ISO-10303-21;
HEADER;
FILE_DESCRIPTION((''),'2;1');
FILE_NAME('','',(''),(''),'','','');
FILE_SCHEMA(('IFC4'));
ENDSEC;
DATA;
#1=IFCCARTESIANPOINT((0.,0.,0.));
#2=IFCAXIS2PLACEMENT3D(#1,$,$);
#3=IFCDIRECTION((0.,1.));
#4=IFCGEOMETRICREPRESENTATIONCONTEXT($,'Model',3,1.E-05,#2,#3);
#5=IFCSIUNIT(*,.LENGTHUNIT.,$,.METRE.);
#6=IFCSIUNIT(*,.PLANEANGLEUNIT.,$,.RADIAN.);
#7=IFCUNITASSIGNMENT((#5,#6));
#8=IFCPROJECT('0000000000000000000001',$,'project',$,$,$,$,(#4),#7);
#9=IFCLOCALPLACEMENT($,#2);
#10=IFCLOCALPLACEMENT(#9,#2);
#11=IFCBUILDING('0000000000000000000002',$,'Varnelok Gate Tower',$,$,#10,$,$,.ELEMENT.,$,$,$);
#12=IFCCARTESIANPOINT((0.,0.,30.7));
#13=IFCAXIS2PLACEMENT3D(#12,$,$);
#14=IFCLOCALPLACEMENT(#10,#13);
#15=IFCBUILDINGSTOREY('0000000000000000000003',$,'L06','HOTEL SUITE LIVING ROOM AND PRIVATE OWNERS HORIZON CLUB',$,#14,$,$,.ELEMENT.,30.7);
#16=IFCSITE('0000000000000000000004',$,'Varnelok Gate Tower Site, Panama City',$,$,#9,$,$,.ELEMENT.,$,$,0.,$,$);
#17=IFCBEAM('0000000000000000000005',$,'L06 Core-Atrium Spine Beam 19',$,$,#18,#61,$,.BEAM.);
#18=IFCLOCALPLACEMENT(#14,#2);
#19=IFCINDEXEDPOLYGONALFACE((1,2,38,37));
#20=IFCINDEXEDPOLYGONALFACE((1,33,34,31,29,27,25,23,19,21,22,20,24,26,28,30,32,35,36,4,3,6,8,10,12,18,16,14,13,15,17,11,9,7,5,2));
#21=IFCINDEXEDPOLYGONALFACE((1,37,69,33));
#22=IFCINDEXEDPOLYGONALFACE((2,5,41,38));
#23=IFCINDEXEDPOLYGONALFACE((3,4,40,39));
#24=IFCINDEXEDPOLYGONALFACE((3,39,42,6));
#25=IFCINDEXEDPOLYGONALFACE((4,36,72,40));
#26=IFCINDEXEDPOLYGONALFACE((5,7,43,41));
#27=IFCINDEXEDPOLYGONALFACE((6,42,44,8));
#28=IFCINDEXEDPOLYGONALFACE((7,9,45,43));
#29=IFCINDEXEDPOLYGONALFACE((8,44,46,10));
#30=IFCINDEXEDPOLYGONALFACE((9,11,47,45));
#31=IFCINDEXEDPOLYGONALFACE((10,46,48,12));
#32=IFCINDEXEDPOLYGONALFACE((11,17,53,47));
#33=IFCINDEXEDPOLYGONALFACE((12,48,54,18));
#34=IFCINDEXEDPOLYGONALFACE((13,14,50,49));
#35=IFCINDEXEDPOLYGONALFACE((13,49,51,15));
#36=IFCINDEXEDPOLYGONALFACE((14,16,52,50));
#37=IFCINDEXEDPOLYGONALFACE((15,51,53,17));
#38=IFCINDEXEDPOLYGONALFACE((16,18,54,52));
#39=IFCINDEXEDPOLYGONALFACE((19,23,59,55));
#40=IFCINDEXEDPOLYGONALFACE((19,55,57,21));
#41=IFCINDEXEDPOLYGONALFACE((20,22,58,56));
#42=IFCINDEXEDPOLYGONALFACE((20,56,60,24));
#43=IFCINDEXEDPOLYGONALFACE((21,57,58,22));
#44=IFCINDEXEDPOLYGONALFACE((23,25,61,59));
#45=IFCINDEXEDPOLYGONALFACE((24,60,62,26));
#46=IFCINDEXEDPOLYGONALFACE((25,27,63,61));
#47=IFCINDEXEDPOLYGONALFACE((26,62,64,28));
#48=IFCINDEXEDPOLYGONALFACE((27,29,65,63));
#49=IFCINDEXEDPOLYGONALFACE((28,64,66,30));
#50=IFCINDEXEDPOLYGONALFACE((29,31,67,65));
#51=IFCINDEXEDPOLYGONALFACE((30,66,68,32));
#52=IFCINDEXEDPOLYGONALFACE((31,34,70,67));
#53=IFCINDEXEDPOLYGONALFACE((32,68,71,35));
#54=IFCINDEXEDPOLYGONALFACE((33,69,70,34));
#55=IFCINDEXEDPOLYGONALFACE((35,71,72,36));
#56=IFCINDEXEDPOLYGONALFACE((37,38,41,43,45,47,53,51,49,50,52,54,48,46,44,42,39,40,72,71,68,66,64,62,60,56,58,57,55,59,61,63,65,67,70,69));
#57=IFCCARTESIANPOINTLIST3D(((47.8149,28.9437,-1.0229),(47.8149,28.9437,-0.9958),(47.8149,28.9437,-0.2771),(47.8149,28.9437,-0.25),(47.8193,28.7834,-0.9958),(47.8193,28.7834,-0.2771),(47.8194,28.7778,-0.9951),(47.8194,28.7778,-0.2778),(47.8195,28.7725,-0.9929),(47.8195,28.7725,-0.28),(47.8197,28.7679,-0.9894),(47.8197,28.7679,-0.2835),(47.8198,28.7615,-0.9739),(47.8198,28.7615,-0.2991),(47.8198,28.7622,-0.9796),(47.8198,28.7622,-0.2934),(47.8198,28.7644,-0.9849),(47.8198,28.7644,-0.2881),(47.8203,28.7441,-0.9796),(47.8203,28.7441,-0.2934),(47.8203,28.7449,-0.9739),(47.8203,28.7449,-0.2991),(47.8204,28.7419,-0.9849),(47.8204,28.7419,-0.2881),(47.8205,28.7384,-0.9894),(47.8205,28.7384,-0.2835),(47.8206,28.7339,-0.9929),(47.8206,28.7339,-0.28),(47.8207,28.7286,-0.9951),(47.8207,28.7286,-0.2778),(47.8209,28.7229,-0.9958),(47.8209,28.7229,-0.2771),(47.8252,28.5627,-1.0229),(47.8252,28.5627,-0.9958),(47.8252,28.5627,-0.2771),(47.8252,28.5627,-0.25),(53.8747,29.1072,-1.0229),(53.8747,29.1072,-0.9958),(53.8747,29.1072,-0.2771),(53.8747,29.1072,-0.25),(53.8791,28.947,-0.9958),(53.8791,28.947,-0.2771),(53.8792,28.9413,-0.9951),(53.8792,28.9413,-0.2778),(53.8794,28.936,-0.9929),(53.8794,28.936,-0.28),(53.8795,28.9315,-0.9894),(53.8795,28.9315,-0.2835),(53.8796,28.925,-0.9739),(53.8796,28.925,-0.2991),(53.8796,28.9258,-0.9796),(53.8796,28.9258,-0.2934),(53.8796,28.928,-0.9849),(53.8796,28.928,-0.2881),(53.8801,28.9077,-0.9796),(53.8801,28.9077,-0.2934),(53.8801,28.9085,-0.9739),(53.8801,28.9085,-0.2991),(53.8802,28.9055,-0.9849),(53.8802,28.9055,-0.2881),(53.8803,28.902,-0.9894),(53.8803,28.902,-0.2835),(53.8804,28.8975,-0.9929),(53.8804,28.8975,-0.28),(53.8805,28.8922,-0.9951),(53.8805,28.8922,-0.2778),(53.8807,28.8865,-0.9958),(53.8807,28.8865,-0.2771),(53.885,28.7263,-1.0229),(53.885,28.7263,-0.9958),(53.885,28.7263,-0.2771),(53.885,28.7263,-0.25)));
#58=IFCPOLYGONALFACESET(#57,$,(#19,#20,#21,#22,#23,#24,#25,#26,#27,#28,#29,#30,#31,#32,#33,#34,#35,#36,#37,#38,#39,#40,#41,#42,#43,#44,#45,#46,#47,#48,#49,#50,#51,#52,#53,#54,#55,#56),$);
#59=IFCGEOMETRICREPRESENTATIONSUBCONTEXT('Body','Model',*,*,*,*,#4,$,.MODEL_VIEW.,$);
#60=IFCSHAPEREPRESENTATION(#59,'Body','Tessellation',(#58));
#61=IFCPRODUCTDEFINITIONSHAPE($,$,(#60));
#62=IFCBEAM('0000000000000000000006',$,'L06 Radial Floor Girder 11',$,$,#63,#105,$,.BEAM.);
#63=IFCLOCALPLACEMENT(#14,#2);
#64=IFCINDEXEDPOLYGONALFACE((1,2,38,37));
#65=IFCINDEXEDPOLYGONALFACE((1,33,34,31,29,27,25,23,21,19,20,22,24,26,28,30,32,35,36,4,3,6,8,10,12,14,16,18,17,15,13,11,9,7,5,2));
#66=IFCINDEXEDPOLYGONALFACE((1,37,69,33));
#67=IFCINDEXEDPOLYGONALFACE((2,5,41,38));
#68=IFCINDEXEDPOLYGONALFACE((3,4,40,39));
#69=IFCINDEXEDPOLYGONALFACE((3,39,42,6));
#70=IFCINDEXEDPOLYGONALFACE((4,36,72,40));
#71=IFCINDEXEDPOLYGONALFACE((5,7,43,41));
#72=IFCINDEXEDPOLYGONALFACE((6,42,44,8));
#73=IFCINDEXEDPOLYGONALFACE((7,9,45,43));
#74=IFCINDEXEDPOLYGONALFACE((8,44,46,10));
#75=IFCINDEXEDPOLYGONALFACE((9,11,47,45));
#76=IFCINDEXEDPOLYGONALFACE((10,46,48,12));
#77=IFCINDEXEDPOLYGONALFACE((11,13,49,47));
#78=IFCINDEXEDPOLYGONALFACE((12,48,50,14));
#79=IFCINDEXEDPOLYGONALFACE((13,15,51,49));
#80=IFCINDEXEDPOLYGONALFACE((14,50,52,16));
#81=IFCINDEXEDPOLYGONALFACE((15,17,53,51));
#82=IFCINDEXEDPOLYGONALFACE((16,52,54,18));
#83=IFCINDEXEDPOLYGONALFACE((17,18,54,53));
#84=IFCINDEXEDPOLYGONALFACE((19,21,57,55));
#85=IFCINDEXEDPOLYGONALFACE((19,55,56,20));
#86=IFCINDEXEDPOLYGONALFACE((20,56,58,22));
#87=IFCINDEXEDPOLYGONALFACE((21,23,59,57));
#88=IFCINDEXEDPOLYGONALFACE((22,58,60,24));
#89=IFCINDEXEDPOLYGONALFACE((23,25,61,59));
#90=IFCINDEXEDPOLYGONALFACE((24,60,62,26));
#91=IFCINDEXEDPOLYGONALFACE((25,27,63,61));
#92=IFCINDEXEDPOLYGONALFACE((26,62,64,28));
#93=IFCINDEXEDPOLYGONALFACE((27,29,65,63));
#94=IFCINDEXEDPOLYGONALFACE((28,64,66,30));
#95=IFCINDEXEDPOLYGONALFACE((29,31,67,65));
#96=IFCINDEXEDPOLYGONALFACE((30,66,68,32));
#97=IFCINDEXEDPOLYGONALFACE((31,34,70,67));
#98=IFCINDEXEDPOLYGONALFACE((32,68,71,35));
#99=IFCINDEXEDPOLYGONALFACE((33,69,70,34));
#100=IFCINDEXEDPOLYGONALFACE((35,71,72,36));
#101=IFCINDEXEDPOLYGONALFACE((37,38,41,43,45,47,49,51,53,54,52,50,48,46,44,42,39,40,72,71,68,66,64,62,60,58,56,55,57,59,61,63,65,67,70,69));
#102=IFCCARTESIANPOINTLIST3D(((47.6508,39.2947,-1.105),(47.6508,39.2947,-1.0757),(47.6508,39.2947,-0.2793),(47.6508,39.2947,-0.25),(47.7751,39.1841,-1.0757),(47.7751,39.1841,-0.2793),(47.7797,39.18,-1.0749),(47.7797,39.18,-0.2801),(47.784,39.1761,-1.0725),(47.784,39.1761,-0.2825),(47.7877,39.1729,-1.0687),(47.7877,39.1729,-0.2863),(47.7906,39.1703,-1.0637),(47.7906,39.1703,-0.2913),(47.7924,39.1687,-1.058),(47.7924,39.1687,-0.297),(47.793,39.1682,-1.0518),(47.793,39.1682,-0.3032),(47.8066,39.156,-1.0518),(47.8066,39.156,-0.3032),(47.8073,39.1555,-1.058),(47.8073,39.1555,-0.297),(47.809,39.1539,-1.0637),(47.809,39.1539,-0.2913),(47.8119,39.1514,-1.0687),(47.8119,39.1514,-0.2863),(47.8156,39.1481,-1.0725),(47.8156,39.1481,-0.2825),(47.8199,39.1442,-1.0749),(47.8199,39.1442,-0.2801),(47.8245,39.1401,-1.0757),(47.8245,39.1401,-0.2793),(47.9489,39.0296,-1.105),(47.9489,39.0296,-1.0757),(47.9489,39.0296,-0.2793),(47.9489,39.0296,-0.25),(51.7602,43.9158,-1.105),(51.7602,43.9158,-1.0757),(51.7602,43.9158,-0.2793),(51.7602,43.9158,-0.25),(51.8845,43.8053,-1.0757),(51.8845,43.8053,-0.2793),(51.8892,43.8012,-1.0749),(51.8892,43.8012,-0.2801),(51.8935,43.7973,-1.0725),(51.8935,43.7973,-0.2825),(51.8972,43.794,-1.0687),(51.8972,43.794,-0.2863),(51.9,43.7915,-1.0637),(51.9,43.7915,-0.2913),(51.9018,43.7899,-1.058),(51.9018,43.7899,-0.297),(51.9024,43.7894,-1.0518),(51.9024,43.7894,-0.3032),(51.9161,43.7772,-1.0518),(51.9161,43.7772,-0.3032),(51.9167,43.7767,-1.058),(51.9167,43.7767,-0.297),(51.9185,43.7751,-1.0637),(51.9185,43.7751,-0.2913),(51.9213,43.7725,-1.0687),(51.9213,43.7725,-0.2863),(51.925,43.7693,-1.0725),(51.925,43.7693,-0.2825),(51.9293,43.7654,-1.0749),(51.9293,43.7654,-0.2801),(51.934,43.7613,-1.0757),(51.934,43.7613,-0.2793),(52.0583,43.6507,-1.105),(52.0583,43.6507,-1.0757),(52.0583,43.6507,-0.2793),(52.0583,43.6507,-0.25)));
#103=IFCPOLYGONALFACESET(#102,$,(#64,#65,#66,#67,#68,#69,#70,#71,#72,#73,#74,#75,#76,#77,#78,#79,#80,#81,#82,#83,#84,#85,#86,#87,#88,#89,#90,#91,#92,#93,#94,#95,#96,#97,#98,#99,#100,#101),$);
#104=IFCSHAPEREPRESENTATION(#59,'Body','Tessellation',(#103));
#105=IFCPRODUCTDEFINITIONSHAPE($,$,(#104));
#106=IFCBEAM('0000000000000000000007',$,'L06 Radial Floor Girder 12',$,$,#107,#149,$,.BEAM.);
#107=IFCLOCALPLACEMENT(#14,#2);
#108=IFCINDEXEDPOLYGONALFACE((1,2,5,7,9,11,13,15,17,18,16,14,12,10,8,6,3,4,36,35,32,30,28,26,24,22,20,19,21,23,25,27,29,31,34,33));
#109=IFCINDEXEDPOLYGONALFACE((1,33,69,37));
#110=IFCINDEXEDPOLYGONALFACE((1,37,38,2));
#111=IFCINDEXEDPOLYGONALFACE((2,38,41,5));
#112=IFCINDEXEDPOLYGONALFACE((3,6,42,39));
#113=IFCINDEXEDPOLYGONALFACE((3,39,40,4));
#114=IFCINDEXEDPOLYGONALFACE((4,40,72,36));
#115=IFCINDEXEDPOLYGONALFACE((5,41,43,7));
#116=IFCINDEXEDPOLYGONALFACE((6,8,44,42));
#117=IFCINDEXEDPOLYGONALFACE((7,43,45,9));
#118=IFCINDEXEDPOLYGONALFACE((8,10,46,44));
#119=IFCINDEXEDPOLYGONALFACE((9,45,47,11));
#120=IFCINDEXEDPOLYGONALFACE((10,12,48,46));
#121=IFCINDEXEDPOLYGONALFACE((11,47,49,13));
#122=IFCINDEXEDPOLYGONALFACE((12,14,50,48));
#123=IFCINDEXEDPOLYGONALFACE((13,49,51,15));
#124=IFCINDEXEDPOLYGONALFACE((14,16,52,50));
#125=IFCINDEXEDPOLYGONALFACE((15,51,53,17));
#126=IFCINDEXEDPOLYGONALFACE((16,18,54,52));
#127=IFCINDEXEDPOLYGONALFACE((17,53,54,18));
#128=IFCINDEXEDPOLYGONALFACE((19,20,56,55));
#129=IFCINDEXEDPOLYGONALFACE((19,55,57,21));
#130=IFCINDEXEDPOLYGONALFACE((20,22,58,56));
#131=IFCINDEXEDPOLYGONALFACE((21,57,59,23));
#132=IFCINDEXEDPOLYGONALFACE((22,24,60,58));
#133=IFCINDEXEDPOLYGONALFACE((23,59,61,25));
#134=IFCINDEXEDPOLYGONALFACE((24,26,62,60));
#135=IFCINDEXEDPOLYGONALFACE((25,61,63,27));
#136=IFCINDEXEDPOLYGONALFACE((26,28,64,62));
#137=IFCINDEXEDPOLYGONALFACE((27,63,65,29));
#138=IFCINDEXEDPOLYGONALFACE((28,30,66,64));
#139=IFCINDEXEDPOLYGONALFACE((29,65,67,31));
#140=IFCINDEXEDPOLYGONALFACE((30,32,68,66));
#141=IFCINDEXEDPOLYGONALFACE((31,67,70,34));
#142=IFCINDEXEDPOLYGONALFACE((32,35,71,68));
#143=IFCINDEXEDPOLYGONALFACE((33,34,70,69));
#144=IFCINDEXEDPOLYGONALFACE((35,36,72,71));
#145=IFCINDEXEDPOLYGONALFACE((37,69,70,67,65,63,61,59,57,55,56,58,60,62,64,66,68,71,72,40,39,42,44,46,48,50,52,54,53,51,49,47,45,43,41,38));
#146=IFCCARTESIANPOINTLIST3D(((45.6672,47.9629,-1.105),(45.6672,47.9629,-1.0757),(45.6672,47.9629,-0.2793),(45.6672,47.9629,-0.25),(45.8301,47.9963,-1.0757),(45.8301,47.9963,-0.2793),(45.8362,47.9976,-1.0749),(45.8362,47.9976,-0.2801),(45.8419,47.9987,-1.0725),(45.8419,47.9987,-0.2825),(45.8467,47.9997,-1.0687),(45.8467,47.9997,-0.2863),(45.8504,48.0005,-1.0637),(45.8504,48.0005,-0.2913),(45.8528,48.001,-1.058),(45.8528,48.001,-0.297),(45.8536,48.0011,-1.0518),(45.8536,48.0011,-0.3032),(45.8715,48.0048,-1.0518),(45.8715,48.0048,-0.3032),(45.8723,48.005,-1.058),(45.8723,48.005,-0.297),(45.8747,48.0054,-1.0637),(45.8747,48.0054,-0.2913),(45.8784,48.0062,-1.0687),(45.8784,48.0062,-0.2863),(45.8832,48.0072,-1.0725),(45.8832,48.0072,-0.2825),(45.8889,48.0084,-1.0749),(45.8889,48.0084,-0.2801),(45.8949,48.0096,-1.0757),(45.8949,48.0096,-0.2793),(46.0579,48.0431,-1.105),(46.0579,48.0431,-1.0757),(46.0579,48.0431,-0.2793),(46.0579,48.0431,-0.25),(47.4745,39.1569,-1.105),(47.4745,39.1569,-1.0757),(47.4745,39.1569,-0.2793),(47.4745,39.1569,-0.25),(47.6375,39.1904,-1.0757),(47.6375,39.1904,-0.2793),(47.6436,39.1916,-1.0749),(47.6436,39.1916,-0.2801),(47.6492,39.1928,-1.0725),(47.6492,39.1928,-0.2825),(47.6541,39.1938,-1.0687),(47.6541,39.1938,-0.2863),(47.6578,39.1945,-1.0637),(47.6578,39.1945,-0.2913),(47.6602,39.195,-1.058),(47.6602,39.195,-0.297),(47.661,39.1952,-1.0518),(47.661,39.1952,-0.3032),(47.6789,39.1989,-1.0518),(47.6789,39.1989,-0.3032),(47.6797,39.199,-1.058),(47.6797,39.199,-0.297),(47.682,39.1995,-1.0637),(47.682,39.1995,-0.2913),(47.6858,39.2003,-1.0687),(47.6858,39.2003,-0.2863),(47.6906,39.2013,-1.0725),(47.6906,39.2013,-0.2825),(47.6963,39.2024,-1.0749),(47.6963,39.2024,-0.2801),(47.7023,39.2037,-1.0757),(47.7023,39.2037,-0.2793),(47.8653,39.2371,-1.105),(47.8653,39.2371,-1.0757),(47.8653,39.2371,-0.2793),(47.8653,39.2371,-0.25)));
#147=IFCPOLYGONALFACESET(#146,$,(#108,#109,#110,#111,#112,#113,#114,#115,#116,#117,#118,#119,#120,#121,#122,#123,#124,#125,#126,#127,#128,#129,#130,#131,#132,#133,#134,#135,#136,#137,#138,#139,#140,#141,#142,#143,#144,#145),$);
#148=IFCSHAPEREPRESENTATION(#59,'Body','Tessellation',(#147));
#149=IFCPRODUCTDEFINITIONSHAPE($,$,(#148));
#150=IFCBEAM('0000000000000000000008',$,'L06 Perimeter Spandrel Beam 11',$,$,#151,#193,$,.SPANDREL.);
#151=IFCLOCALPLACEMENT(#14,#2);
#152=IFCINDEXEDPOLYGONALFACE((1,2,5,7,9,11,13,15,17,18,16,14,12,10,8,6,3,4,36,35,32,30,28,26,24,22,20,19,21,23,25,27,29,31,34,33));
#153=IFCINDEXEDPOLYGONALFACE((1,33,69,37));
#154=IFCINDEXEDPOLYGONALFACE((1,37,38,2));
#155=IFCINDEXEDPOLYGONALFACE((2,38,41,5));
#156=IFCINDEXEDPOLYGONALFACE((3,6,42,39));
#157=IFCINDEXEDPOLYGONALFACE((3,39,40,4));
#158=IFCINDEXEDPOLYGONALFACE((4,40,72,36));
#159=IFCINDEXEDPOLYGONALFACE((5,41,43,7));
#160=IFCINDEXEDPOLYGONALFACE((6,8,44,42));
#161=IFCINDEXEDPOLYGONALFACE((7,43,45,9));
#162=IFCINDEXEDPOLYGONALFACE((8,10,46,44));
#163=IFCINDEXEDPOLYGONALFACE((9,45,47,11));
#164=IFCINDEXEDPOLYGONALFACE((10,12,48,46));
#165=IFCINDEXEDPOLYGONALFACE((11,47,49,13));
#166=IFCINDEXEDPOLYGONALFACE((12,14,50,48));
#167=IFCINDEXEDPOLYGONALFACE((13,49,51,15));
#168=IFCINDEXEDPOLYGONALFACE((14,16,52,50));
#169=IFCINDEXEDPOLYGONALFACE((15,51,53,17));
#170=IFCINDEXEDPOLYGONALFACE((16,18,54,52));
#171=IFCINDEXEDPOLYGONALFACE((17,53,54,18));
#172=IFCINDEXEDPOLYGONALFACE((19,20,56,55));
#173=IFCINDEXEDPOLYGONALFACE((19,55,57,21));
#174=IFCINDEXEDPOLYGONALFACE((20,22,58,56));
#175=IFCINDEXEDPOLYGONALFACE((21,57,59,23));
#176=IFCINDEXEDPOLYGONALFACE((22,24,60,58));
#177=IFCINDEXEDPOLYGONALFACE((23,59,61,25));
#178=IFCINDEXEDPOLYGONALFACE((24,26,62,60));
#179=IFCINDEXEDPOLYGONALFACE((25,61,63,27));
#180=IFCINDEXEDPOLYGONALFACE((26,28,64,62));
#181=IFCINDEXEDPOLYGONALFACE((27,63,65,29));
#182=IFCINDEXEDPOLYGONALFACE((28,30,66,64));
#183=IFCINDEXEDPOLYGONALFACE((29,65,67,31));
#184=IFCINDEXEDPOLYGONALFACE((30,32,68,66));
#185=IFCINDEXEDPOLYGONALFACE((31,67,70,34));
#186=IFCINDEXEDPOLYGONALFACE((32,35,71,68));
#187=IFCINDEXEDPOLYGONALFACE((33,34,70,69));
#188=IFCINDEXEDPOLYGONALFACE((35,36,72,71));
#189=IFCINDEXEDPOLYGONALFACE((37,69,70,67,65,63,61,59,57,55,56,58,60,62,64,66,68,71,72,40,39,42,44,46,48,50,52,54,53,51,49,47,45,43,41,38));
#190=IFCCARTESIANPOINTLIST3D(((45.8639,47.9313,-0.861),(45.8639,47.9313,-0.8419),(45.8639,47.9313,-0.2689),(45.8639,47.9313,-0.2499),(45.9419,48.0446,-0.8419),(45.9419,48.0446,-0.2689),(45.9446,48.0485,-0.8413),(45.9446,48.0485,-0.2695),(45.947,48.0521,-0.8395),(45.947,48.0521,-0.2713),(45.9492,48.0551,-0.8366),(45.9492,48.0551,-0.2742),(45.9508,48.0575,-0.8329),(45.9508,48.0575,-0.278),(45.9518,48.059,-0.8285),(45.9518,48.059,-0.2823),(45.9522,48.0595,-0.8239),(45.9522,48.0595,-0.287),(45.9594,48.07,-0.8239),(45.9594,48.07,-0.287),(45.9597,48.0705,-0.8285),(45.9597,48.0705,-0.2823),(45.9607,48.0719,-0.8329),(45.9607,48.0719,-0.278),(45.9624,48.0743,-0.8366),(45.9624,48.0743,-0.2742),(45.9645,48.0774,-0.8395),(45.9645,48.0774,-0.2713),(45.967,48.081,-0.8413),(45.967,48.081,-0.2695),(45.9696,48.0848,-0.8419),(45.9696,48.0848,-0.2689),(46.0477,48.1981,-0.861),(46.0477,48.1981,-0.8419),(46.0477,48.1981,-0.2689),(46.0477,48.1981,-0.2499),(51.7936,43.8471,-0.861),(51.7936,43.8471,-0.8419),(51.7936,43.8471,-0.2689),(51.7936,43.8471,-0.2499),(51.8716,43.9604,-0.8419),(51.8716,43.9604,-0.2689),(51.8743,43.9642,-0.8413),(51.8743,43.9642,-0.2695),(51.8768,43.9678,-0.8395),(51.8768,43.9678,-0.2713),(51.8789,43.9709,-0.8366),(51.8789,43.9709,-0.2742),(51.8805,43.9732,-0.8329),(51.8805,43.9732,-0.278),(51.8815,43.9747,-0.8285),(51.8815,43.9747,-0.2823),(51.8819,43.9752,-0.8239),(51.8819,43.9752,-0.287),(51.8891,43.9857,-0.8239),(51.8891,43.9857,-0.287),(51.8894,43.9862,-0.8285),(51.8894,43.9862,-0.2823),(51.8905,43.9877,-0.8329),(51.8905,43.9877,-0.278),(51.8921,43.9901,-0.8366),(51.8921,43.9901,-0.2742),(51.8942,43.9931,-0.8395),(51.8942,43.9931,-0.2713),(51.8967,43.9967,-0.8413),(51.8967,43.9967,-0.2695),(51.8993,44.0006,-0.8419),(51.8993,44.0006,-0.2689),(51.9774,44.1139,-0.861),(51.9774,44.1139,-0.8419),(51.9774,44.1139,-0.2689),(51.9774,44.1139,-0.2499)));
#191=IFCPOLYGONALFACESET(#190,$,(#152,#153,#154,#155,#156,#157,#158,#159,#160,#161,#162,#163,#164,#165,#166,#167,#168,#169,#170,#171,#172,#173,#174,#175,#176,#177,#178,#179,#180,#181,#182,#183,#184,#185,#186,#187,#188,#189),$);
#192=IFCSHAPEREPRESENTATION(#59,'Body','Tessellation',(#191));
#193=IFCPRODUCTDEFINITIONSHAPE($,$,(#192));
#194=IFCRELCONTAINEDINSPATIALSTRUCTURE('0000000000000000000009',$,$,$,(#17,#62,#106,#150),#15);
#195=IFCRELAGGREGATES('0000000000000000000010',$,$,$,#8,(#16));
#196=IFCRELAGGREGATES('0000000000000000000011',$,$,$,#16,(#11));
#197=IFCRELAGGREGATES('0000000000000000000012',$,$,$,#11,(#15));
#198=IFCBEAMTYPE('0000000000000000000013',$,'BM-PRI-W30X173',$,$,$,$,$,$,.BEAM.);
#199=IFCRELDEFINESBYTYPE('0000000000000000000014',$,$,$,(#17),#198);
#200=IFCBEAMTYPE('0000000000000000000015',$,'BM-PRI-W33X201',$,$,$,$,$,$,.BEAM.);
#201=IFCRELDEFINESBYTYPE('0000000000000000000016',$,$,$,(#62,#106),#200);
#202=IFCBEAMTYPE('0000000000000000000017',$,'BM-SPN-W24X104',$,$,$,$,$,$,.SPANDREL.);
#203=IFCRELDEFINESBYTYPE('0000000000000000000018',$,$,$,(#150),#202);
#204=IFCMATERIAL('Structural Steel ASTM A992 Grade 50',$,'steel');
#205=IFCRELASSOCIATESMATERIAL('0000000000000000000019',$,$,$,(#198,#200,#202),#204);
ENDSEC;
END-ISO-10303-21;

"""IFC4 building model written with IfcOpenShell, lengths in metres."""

from ifc_helpers import new_model, si_unit, direction, frame, origin, origin_2d, place, context, subcontext, project, spatial, i_section, extrude, material, material_profile, profile_set, type_object, element, save


model = new_model("IFC4")

# Units and contexts
model_context = context("Model", 3, precision=1e-05, world=origin(), true_north=direction((0.0, 1.0)))
body_context = subcontext(model_context, "Body", "Model", "MODEL_VIEW")
ifc_project = project(units=[si_unit("LENGTHUNIT", "METRE"), si_unit("PLANEANGLEUNIT", "RADIAN")], contexts=[model_context])

# Site, building, storey
site_placement = place(None, origin())
site = spatial("IfcSite", under=ifc_project, at=site_placement, Name="Varnelok Gate Tower Site, Panama City", CompositionType="ELEMENT", RefElevation=0.0)
building_placement = place(site_placement, origin())
building = spatial("IfcBuilding", under=site, at=building_placement, Name="Varnelok Gate Tower", CompositionType="ELEMENT")
storey_placement = place(building_placement, frame((0.0, 0.0, 30.7)))
storey = spatial("IfcBuildingStorey", under=building, at=storey_placement, Name="L06", Description="HOTEL SUITE LIVING ROOM AND PRIVATE OWNERS HORIZON CLUB", CompositionType="ELEMENT", Elevation=30.7)

# Shared definitions
ifc_material_1 = material(Name="Structural Steel ASTM A992 Grade 50", Category="steel")

# Beams
ifc_material_profile_1 = material_profile(ifc_material_1, i_section(OverallWidth=0.3811, OverallDepth=0.7729, WebThickness=0.0166, FlangeThickness=0.0271, FilletRadius=0.022, at=origin_2d()), Name="W30X173")
ifc_profile_set_1 = profile_set([ifc_material_profile_1], Name="Structural Steel ASTM A992 Grade 50")
beam_type_1 = type_object("IfcBeamType", Name="BM-PRI-W30X173", PredefinedType="BEAM", material=ifc_profile_set_1)
beam_1_placement = place(storey_placement, frame((47.8201, 28.7532, -0.6365), z_axis=(0.999636, 0.026983, 0.0), x_axis=(-0.026983, 0.999636, 0.0)))
element("IfcBeam", 1, at=beam_1_placement, inside=storey, type_object=beam_type_1, Name="L06 Core-Atrium Spine Beam 19", PredefinedType="BEAM", context=body_context, shape_type="SweptSolid", body=[
    extrude(i_section(OverallWidth=0.3811, OverallDepth=0.7729, WebThickness=0.0166, FlangeThickness=0.0271, FilletRadius=0.022, at=origin_2d()), origin(), (0.0, 0.0, 1.0), 6.062),
])
ifc_material_profile_2 = material_profile(ifc_material_1, i_section(OverallWidth=0.3989, OverallDepth=0.855, WebThickness=0.0183, FlangeThickness=0.0293, FilletRadius=0.0239, at=origin_2d()), Name="W33X201")
ifc_profile_set_2 = profile_set([ifc_material_profile_2], Name="Structural Steel ASTM A992 Grade 50")
beam_type_2 = type_object("IfcBeamType", Name="BM-PRI-W33X201", PredefinedType="BEAM", material=ifc_profile_set_2)
beam_2_placement = place(storey_placement, frame((47.7998, 39.1621, -0.6775), z_axis=(0.664521, 0.74727, 0.0), x_axis=(-0.74727, 0.664521, 0.0)))
element("IfcBeam", 2, at=beam_2_placement, inside=storey, type_object=beam_type_2, Name="L06 Radial Floor Girder 11", PredefinedType="BEAM", context=body_context, shape_type="SweptSolid", body=[
    extrude(i_section(OverallWidth=0.3989, OverallDepth=0.855, WebThickness=0.0183, FlangeThickness=0.0293, FilletRadius=0.0239, at=origin_2d()), origin(), (0.0, 0.0, 1.0), 6.1841),
])
beam_3_placement = place(storey_placement, frame((47.6699, 39.197, -0.6775), z_axis=(-0.201054, 0.97958, 0.0), x_axis=(-0.97958, -0.201054, 0.0)))
element("IfcBeam", 3, at=beam_3_placement, inside=storey, type_object=beam_type_2, Name="L06 Radial Floor Girder 12", PredefinedType="BEAM", context=body_context, shape_type="SweptSolid", body=[
    extrude(i_section(OverallWidth=0.3989, OverallDepth=0.855, WebThickness=0.0183, FlangeThickness=0.0293, FilletRadius=0.0239, at=origin_2d()), origin(), (0.0, 0.0, 1.0), 8.9895),
])
ifc_material_profile_3 = material_profile(ifc_material_1, i_section(OverallWidth=0.324, OverallDepth=0.6111, WebThickness=0.0127, FlangeThickness=0.019, FilletRadius=0.0181, at=origin_2d()), Name="W24X104")
ifc_profile_set_3 = profile_set([ifc_material_profile_3], Name="Structural Steel ASTM A992 Grade 50")
beam_type_3 = type_object("IfcBeamType", Name="BM-SPN-W24X104", PredefinedType="SPANDREL", material=ifc_profile_set_3)
beam_4_placement = place(storey_placement, frame((51.8855, 43.9805, -0.5554), z_axis=(-0.823551, 0.567242, 0.0), x_axis=(-0.567242, -0.823551, 0.0)))
element("IfcBeam", 4, at=beam_4_placement, inside=storey, type_object=beam_type_3, Name="L06 Perimeter Spandrel Beam 11", PredefinedType="SPANDREL", context=body_context, shape_type="SweptSolid", body=[
    extrude(i_section(OverallWidth=0.324, OverallDepth=0.6111, WebThickness=0.0127, FlangeThickness=0.019, FilletRadius=0.0181, at=origin_2d()), origin(), (0.0, 0.0, 1.0), 7.2002),
])

save(model, "model.ifc")
